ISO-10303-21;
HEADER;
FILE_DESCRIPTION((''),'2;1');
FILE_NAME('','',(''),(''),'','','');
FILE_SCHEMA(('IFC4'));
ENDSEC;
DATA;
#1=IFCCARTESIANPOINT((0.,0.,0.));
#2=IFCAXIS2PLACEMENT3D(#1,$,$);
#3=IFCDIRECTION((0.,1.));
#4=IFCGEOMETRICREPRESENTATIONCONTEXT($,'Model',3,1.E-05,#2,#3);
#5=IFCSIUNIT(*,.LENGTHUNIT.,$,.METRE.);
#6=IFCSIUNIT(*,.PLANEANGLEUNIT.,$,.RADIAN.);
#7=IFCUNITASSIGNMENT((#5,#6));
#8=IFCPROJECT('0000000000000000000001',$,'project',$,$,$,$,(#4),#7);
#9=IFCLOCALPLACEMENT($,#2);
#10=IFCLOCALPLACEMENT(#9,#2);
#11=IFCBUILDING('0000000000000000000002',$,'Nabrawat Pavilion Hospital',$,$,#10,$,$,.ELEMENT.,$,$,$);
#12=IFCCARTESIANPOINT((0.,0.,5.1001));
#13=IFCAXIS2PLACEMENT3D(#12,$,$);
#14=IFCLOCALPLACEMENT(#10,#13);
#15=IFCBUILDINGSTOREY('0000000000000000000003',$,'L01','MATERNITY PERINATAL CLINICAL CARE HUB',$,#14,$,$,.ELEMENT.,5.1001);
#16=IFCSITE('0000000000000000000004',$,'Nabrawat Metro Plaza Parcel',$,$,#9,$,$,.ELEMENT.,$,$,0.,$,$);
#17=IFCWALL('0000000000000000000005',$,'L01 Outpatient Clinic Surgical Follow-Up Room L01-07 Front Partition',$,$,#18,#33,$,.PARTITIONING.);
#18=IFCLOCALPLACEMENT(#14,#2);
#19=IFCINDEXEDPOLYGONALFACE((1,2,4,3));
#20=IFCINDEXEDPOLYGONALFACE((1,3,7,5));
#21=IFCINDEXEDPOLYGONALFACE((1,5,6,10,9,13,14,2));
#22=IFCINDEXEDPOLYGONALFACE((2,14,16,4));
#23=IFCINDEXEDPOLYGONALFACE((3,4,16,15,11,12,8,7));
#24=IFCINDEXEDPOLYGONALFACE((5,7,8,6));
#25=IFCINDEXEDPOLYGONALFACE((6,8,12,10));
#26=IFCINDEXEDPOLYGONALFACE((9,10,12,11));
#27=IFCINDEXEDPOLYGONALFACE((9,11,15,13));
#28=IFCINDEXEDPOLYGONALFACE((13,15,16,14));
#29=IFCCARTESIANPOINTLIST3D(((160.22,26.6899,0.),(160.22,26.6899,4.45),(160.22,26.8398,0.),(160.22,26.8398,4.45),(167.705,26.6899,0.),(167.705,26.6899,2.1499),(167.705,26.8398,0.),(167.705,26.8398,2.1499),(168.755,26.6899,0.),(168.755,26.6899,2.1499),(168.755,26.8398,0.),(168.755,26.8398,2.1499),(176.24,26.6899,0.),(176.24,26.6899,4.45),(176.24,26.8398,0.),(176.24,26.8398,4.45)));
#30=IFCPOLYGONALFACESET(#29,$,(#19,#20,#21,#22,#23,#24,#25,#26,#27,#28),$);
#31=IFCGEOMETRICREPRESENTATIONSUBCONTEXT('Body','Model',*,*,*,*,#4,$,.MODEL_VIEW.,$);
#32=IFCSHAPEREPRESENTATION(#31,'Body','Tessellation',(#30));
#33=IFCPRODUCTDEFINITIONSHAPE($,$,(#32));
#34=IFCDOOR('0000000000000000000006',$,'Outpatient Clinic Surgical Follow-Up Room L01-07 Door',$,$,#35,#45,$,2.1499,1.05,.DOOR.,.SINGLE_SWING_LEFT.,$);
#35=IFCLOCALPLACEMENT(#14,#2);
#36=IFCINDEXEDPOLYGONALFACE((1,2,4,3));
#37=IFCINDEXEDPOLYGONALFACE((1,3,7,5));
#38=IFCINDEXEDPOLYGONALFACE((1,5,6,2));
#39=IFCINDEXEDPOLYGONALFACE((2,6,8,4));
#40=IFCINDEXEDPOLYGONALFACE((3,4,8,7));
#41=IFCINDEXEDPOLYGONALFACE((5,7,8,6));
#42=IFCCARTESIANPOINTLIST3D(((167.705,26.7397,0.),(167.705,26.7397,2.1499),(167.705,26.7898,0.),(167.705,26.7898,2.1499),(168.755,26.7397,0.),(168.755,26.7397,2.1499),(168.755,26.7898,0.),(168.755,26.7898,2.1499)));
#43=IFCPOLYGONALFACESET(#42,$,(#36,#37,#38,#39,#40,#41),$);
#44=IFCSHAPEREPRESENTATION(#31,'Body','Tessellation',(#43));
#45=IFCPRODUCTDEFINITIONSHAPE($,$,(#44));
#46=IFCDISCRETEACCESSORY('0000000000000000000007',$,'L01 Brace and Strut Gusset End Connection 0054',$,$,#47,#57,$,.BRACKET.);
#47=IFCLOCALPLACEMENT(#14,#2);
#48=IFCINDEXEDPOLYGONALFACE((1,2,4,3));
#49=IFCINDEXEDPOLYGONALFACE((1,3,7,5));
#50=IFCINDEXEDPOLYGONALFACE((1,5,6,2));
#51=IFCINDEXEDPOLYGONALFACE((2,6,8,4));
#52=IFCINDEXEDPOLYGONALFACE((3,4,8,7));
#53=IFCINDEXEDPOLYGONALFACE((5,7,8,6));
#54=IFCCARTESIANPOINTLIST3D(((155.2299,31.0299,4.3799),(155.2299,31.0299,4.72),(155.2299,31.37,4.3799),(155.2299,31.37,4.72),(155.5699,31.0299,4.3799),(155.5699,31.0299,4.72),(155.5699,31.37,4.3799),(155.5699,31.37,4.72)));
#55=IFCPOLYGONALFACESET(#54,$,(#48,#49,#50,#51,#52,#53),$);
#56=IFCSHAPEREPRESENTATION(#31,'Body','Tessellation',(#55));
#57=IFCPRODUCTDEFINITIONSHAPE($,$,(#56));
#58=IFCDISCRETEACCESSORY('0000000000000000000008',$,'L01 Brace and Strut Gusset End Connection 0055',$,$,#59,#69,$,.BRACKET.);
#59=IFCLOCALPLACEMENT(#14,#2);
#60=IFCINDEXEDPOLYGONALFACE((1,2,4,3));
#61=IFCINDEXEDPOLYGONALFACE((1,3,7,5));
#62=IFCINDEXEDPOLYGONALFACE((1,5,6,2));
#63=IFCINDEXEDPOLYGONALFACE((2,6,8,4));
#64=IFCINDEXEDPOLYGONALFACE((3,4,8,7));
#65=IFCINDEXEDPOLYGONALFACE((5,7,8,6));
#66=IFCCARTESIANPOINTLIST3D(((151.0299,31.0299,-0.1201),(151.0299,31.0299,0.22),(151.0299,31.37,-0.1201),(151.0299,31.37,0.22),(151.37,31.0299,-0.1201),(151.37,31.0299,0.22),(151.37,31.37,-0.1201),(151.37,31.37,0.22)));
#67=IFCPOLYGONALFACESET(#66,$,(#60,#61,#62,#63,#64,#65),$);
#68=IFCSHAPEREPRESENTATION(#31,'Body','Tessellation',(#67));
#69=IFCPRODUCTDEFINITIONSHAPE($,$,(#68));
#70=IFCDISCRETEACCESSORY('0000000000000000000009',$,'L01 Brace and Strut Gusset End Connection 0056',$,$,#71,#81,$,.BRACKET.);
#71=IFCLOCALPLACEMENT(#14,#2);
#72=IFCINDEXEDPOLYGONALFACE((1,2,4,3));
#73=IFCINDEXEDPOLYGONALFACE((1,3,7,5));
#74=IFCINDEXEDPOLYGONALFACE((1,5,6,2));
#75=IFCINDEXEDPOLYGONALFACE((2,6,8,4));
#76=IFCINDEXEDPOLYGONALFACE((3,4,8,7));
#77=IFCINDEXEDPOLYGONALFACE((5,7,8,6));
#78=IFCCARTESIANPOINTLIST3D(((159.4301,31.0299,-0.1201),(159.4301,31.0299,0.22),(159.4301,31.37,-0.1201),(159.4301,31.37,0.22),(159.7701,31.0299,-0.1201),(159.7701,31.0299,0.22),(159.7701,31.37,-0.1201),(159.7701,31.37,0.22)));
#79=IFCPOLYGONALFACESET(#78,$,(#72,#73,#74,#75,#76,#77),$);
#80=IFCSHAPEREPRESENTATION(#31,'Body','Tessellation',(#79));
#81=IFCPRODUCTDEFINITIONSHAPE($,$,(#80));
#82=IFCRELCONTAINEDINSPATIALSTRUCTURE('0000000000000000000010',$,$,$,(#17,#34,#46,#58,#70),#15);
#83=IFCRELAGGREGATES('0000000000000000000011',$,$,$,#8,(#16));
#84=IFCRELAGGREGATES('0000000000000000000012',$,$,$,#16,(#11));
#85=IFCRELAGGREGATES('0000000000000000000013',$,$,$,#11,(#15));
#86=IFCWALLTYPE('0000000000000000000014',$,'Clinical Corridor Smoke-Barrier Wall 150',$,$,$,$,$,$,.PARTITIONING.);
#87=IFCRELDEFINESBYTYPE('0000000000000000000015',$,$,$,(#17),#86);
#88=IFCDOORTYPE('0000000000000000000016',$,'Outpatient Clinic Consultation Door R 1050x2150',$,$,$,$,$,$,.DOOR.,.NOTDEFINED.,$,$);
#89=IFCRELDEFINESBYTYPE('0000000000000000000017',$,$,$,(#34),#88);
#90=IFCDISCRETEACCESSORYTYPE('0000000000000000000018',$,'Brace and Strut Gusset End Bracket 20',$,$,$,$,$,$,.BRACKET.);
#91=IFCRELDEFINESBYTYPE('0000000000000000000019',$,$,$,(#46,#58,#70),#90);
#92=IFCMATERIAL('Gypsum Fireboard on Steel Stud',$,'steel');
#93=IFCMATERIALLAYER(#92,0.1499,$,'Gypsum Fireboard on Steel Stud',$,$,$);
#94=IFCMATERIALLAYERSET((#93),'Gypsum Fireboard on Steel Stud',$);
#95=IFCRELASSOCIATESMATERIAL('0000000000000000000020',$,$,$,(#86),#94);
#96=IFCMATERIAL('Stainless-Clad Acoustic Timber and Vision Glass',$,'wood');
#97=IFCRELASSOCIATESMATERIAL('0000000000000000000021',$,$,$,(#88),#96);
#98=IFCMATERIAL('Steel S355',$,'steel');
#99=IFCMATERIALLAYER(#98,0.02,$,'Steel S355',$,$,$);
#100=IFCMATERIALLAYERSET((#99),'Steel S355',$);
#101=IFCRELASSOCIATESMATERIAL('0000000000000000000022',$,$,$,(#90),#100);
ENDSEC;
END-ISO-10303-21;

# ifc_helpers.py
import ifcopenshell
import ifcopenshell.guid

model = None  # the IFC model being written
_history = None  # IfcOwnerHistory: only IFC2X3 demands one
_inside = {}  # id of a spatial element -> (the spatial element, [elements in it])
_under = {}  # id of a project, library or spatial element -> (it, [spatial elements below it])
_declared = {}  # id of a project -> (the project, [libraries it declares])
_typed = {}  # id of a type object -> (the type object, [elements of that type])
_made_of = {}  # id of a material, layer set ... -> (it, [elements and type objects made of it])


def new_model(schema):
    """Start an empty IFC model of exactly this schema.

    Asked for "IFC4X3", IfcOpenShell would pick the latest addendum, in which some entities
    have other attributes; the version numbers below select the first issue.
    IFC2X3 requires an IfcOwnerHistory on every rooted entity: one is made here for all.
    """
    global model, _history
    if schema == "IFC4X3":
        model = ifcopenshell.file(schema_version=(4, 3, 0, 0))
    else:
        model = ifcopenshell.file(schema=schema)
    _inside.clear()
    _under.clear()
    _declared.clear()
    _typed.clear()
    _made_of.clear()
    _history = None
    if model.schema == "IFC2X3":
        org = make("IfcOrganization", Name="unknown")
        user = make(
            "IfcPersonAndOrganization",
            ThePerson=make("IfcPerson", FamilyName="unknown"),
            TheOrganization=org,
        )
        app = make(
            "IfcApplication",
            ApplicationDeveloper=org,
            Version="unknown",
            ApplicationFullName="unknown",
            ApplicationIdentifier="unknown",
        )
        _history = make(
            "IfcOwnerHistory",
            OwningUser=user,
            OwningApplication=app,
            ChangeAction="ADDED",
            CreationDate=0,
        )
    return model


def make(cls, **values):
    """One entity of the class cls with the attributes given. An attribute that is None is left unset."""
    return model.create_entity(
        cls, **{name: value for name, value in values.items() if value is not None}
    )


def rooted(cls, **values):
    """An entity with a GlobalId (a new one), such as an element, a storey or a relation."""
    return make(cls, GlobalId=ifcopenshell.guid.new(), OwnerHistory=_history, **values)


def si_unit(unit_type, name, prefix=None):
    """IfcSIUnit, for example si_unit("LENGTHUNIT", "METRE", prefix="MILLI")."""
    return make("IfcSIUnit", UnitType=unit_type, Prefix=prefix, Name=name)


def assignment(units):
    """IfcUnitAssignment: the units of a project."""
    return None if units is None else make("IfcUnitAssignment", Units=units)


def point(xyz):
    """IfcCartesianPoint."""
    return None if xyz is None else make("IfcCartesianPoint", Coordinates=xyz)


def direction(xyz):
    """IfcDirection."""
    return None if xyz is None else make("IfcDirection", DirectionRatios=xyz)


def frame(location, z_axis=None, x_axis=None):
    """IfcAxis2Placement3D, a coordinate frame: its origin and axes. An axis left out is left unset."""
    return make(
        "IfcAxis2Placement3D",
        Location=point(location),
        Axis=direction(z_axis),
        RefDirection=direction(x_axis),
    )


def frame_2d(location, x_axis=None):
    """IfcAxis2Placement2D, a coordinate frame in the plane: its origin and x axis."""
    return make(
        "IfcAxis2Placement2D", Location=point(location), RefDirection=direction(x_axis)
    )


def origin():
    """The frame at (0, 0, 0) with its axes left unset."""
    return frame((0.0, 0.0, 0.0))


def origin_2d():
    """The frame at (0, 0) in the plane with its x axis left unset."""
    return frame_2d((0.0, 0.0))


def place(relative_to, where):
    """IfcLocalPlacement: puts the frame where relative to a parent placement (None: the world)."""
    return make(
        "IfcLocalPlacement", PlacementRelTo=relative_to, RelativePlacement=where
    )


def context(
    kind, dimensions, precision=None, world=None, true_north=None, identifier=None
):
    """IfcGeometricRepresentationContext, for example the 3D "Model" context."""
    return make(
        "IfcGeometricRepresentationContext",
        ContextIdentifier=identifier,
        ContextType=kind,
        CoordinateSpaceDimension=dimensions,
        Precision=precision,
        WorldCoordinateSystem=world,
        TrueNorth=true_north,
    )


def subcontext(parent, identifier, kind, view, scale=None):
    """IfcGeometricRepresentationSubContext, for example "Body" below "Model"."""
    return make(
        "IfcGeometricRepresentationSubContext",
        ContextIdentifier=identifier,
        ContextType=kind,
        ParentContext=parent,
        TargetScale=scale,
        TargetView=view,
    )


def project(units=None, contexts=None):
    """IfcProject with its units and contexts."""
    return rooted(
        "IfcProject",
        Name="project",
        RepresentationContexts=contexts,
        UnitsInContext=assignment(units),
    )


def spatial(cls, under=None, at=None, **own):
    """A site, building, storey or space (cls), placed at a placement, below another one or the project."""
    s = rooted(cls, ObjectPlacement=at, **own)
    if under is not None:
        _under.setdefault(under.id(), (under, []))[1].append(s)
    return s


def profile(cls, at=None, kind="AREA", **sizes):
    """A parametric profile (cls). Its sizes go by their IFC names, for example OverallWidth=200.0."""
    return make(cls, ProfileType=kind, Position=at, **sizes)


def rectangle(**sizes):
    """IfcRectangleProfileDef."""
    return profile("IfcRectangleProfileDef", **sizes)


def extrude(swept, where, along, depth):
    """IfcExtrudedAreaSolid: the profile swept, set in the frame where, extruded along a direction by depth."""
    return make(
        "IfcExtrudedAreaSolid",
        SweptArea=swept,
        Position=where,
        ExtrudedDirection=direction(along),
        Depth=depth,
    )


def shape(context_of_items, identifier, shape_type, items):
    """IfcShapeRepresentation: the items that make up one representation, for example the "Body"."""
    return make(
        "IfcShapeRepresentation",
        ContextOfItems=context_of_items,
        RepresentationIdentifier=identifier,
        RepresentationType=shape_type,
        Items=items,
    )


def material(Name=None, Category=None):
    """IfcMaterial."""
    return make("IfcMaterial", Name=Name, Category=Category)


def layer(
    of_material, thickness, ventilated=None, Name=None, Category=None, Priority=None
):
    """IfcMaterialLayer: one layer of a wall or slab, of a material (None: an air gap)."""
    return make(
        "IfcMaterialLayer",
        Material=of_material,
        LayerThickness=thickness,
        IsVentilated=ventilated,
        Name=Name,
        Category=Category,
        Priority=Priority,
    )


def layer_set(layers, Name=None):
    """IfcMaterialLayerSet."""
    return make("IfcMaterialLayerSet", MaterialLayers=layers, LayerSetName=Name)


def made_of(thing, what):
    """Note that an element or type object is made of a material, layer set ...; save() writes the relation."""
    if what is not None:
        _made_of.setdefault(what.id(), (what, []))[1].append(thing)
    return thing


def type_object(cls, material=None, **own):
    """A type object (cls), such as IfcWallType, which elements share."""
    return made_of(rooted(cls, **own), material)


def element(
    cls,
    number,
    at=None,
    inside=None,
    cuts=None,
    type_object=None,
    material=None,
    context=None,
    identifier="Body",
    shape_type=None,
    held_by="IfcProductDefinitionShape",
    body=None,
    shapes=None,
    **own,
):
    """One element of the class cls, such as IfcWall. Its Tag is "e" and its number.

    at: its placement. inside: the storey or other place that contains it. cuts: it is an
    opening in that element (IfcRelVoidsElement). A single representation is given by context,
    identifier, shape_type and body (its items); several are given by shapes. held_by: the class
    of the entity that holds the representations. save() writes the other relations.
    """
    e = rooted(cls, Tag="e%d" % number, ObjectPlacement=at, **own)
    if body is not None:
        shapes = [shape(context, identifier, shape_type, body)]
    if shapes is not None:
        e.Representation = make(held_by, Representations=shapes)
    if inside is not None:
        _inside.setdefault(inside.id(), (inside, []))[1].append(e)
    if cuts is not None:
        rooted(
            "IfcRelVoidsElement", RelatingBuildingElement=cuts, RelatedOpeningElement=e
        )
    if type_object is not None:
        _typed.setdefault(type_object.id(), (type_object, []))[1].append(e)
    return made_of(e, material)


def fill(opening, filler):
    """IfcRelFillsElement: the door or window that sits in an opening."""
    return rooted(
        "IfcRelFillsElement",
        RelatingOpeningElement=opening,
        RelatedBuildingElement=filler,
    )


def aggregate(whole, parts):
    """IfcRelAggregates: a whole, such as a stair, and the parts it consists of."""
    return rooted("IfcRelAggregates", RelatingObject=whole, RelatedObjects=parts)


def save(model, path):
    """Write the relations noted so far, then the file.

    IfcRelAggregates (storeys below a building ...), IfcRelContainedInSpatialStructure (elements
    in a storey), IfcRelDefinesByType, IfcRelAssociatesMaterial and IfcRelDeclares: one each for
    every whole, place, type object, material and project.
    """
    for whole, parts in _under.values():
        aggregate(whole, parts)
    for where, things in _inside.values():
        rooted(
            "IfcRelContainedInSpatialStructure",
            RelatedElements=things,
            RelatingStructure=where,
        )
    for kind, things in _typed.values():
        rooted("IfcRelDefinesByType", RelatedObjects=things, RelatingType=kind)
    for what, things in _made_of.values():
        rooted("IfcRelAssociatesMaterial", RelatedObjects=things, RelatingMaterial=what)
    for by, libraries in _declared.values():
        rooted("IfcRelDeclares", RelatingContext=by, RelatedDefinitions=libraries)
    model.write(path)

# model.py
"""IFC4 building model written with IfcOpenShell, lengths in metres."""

from ifc_helpers import new_model, si_unit, direction, frame, frame_2d, origin, origin_2d, place, context, subcontext, project, spatial, rectangle, extrude, material, layer, layer_set, type_object, element, fill, save


model = new_model("IFC4")

# Units and contexts
model_context = context("Model", 3, precision=1e-05, world=origin(), true_north=direction((0.0, 1.0)))
body_context = subcontext(model_context, "Body", "Model", "MODEL_VIEW")
ifc_project = project(units=[si_unit("LENGTHUNIT", "METRE"), si_unit("PLANEANGLEUNIT", "RADIAN")], contexts=[model_context])

# Site, building, storey
site_placement = place(None, origin())
site = spatial("IfcSite", under=ifc_project, at=site_placement, Name="Nabrawat Metro Plaza Parcel", CompositionType="ELEMENT", RefElevation=0.0)
building_placement = place(site_placement, origin())
building = spatial("IfcBuilding", under=site, at=building_placement, Name="Nabrawat Pavilion Hospital", CompositionType="ELEMENT")
storey_placement = place(building_placement, frame((0.0, 0.0, 5.1001)))
storey = spatial("IfcBuildingStorey", under=building, at=storey_placement, Name="L01", Description="MATERNITY PERINATAL CLINICAL CARE HUB", CompositionType="ELEMENT", Elevation=5.1001)

# Shared definitions
ifc_material_1 = material(Name="Steel S355", Category="steel")

# Wall, opening, door
ifc_material_2 = material(Name="Gypsum Fireboard on Steel Stud", Category="steel")
ifc_layer_1 = layer(ifc_material_2, 0.1499, Name="Gypsum Fireboard on Steel Stud")
ifc_layer_set_1 = layer_set([ifc_layer_1], Name="Gypsum Fireboard on Steel Stud")
wall_type_1 = type_object("IfcWallType", Name="Clinical Corridor Smoke-Barrier Wall 150", PredefinedType="PARTITIONING", material=ifc_layer_set_1)
ifc_material_3 = material(Name="Stainless-Clad Acoustic Timber and Vision Glass", Category="wood")
wall_1_placement = place(storey_placement, frame((160.22, 26.7649, 0.0), z_axis=(0.0, 0.0, 1.0), x_axis=(1.0, 0.0, 0.0)))
wall_1 = element("IfcWall", 1, at=wall_1_placement, inside=storey, type_object=wall_type_1, Name="L01 Outpatient Clinic Surgical Follow-Up Room L01-07 Front Partition", PredefinedType="PARTITIONING", context=body_context, shape_type="SweptSolid", body=[
    extrude(rectangle(XDim=16.02, YDim=0.1499, at=frame_2d((8.01, 0.0))), origin(), (0.0, 0.0, 1.0), 4.45),
])
opening_1_placement = place(wall_1_placement, frame((7.4851, 0.0, 0.0)))
opening_1 = element("IfcOpeningElement", 2, at=opening_1_placement, cuts=wall_1, PredefinedType="OPENING", context=body_context, shape_type="SweptSolid", body=[
    extrude(rectangle(XDim=1.05, YDim=2.1499, at=frame_2d((0.5249, 1.075))), frame((0.0, 0.085, 0.0), z_axis=(0.0, -1.0, 0.0), x_axis=(1.0, 0.0, 0.0)), (0.0, 0.0, 1.0), 0.1699),
])
door_type_1 = type_object("IfcDoorType", Name="Outpatient Clinic Consultation Door R 1050x2150", OperationType="NOTDEFINED", PredefinedType="DOOR", material=ifc_material_3)
door_1_placement = place(opening_1_placement, origin())
door_1 = element("IfcDoor", 3, at=door_1_placement, inside=storey, type_object=door_type_1, Name="Outpatient Clinic Surgical Follow-Up Room L01-07 Door", OperationType="SINGLE_SWING_LEFT", OverallHeight=2.1499, OverallWidth=1.05, PredefinedType="DOOR", context=body_context, shape_type="SweptSolid", body=[
    extrude(rectangle(XDim=1.05, YDim=2.1499, at=frame_2d((0.5249, 1.075))), frame((0.0, 0.0249, 0.0), z_axis=(0.0, -1.0, 0.0), x_axis=(1.0, 0.0, 0.0)), (0.0, 0.0, 1.0), 0.05),
])
fill(opening_1, door_1)

# Discrete accessories
ifc_layer_2 = layer(ifc_material_1, 0.02, Name="Steel S355")
ifc_layer_set_2 = layer_set([ifc_layer_2], Name="Steel S355")
discrete_accessory_type = type_object("IfcDiscreteAccessoryType", Name="Brace and Strut Gusset End Bracket 20", PredefinedType="BRACKET", material=ifc_layer_set_2)
for number, where, z_axis, x_axis, name in (
    (4, (155.3999, 31.2, 4.3799), (0.0, 0.0, 1.0), (1.0, 0.0, 0.0), "L01 Brace and Strut Gusset End Connection 0054"),
    (5, (151.2, 31.2, -0.1201), (0.0, 0.0, 1.0), (1.0, 0.0, 0.0), "L01 Brace and Strut Gusset End Connection 0055"),
    (6, (159.6001, 31.2, -0.1201), (0.0, 0.0, 1.0), (1.0, 0.0, 0.0), "L01 Brace and Strut Gusset End Connection 0056"),
):
    element("IfcDiscreteAccessory", number, at=place(storey_placement, frame(where, z_axis=z_axis, x_axis=x_axis)), inside=storey, type_object=discrete_accessory_type, Name=name, PredefinedType="BRACKET", context=body_context, shape_type="SweptSolid", body=[
        extrude(rectangle(XDim=0.3401, YDim=0.3401, at=origin_2d()), origin(), (0.0, 0.0, 1.0), 0.3401),
    ])

save(model, "model.ifc")
